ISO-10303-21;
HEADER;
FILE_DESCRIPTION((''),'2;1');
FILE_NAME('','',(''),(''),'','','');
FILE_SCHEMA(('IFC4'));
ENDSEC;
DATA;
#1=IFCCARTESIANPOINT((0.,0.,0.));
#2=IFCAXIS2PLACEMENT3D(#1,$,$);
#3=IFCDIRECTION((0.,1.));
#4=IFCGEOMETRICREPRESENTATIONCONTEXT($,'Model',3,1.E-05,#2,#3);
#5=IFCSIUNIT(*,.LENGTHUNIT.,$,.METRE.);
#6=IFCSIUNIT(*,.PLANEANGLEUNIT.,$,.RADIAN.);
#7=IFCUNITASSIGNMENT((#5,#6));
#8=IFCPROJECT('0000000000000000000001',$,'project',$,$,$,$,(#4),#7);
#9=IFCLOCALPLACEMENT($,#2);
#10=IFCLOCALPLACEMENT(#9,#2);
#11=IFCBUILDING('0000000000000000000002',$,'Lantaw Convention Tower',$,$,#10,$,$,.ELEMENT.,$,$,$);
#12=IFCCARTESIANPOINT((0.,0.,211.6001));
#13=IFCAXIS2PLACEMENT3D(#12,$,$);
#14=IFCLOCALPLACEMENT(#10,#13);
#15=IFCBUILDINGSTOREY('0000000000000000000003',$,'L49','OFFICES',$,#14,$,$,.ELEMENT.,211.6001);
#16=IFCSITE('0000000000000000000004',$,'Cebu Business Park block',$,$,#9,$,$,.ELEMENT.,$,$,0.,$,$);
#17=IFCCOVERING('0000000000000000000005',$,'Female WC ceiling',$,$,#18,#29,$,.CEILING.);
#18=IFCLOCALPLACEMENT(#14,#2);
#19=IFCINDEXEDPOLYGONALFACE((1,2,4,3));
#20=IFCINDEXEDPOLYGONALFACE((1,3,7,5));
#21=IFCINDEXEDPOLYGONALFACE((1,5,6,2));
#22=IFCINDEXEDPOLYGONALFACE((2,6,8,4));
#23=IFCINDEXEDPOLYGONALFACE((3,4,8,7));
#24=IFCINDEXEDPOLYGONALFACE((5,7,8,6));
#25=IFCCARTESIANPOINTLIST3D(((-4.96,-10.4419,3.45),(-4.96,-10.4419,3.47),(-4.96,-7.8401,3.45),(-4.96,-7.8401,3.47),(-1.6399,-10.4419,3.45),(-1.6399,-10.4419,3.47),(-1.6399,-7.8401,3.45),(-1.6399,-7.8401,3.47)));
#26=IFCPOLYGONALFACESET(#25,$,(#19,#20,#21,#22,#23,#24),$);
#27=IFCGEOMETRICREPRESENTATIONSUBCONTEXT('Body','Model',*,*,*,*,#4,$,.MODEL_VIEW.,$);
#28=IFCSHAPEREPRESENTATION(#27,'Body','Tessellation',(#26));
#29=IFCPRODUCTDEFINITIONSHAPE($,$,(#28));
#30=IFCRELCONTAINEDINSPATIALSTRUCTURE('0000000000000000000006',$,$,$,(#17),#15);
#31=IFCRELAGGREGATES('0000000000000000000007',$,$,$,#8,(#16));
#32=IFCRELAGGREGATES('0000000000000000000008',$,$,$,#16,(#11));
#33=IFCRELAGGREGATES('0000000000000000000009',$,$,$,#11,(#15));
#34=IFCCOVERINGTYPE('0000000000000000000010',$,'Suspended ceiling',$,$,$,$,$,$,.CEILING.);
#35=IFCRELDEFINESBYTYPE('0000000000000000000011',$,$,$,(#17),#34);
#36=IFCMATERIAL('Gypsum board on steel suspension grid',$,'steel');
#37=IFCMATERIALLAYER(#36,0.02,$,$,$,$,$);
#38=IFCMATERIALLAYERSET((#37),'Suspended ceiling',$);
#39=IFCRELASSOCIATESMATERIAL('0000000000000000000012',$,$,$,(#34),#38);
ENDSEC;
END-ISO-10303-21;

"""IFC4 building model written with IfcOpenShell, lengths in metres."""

from ifc_helpers import new_model, si_unit, direction, frame, origin, place, context, subcontext, project, spatial, polyline, outline, extrude, material, layer, layer_set, type_object, element, save


model = new_model("IFC4")

# Units and contexts
model_context = context("Model", 3, precision=1e-05, world=origin(), true_north=direction((0.0, 1.0)))
body_context = subcontext(model_context, "Body", "Model", "MODEL_VIEW")
ifc_project = project(units=[si_unit("LENGTHUNIT", "METRE"), si_unit("PLANEANGLEUNIT", "RADIAN")], contexts=[model_context])

# Site, building, storey
site_placement = place(None, origin())
site = spatial("IfcSite", under=ifc_project, at=site_placement, Name="Cebu Business Park block", CompositionType="ELEMENT", RefElevation=0.0)
building_placement = place(site_placement, origin())
building = spatial("IfcBuilding", under=site, at=building_placement, Name="Lantaw Convention Tower", CompositionType="ELEMENT")
storey_placement = place(building_placement, frame((0.0, 0.0, 211.6001)))
storey = spatial("IfcBuildingStorey", under=building, at=storey_placement, Name="L49", Description="OFFICES", CompositionType="ELEMENT", Elevation=211.6001)

# Covering
ifc_material_1 = material(Name="Gypsum board on steel suspension grid", Category="steel")
ifc_layer_1 = layer(ifc_material_1, 0.02)
ifc_layer_set_1 = layer_set([ifc_layer_1], Name="Suspended ceiling")
covering_type = type_object("IfcCoveringType", Name="Suspended ceiling", PredefinedType="CEILING", material=ifc_layer_set_1)
covering_1_placement = place(storey_placement, frame((0.0, 0.0, 3.45)))
element("IfcCovering", 1, at=covering_1_placement, inside=storey, type_object=covering_type, Name="Female WC ceiling", PredefinedType="CEILING", context=body_context, shape_type="SweptSolid", body=[
    extrude(outline(polyline([(-4.96, -10.4419), (-1.6399, -10.4419), (-1.6399, -7.8401), (-4.96, -7.8401), (-4.96, -10.4419)])), origin(), (0.0, 0.0, 1.0), 0.02),
])

save(model, "model.ifc")
